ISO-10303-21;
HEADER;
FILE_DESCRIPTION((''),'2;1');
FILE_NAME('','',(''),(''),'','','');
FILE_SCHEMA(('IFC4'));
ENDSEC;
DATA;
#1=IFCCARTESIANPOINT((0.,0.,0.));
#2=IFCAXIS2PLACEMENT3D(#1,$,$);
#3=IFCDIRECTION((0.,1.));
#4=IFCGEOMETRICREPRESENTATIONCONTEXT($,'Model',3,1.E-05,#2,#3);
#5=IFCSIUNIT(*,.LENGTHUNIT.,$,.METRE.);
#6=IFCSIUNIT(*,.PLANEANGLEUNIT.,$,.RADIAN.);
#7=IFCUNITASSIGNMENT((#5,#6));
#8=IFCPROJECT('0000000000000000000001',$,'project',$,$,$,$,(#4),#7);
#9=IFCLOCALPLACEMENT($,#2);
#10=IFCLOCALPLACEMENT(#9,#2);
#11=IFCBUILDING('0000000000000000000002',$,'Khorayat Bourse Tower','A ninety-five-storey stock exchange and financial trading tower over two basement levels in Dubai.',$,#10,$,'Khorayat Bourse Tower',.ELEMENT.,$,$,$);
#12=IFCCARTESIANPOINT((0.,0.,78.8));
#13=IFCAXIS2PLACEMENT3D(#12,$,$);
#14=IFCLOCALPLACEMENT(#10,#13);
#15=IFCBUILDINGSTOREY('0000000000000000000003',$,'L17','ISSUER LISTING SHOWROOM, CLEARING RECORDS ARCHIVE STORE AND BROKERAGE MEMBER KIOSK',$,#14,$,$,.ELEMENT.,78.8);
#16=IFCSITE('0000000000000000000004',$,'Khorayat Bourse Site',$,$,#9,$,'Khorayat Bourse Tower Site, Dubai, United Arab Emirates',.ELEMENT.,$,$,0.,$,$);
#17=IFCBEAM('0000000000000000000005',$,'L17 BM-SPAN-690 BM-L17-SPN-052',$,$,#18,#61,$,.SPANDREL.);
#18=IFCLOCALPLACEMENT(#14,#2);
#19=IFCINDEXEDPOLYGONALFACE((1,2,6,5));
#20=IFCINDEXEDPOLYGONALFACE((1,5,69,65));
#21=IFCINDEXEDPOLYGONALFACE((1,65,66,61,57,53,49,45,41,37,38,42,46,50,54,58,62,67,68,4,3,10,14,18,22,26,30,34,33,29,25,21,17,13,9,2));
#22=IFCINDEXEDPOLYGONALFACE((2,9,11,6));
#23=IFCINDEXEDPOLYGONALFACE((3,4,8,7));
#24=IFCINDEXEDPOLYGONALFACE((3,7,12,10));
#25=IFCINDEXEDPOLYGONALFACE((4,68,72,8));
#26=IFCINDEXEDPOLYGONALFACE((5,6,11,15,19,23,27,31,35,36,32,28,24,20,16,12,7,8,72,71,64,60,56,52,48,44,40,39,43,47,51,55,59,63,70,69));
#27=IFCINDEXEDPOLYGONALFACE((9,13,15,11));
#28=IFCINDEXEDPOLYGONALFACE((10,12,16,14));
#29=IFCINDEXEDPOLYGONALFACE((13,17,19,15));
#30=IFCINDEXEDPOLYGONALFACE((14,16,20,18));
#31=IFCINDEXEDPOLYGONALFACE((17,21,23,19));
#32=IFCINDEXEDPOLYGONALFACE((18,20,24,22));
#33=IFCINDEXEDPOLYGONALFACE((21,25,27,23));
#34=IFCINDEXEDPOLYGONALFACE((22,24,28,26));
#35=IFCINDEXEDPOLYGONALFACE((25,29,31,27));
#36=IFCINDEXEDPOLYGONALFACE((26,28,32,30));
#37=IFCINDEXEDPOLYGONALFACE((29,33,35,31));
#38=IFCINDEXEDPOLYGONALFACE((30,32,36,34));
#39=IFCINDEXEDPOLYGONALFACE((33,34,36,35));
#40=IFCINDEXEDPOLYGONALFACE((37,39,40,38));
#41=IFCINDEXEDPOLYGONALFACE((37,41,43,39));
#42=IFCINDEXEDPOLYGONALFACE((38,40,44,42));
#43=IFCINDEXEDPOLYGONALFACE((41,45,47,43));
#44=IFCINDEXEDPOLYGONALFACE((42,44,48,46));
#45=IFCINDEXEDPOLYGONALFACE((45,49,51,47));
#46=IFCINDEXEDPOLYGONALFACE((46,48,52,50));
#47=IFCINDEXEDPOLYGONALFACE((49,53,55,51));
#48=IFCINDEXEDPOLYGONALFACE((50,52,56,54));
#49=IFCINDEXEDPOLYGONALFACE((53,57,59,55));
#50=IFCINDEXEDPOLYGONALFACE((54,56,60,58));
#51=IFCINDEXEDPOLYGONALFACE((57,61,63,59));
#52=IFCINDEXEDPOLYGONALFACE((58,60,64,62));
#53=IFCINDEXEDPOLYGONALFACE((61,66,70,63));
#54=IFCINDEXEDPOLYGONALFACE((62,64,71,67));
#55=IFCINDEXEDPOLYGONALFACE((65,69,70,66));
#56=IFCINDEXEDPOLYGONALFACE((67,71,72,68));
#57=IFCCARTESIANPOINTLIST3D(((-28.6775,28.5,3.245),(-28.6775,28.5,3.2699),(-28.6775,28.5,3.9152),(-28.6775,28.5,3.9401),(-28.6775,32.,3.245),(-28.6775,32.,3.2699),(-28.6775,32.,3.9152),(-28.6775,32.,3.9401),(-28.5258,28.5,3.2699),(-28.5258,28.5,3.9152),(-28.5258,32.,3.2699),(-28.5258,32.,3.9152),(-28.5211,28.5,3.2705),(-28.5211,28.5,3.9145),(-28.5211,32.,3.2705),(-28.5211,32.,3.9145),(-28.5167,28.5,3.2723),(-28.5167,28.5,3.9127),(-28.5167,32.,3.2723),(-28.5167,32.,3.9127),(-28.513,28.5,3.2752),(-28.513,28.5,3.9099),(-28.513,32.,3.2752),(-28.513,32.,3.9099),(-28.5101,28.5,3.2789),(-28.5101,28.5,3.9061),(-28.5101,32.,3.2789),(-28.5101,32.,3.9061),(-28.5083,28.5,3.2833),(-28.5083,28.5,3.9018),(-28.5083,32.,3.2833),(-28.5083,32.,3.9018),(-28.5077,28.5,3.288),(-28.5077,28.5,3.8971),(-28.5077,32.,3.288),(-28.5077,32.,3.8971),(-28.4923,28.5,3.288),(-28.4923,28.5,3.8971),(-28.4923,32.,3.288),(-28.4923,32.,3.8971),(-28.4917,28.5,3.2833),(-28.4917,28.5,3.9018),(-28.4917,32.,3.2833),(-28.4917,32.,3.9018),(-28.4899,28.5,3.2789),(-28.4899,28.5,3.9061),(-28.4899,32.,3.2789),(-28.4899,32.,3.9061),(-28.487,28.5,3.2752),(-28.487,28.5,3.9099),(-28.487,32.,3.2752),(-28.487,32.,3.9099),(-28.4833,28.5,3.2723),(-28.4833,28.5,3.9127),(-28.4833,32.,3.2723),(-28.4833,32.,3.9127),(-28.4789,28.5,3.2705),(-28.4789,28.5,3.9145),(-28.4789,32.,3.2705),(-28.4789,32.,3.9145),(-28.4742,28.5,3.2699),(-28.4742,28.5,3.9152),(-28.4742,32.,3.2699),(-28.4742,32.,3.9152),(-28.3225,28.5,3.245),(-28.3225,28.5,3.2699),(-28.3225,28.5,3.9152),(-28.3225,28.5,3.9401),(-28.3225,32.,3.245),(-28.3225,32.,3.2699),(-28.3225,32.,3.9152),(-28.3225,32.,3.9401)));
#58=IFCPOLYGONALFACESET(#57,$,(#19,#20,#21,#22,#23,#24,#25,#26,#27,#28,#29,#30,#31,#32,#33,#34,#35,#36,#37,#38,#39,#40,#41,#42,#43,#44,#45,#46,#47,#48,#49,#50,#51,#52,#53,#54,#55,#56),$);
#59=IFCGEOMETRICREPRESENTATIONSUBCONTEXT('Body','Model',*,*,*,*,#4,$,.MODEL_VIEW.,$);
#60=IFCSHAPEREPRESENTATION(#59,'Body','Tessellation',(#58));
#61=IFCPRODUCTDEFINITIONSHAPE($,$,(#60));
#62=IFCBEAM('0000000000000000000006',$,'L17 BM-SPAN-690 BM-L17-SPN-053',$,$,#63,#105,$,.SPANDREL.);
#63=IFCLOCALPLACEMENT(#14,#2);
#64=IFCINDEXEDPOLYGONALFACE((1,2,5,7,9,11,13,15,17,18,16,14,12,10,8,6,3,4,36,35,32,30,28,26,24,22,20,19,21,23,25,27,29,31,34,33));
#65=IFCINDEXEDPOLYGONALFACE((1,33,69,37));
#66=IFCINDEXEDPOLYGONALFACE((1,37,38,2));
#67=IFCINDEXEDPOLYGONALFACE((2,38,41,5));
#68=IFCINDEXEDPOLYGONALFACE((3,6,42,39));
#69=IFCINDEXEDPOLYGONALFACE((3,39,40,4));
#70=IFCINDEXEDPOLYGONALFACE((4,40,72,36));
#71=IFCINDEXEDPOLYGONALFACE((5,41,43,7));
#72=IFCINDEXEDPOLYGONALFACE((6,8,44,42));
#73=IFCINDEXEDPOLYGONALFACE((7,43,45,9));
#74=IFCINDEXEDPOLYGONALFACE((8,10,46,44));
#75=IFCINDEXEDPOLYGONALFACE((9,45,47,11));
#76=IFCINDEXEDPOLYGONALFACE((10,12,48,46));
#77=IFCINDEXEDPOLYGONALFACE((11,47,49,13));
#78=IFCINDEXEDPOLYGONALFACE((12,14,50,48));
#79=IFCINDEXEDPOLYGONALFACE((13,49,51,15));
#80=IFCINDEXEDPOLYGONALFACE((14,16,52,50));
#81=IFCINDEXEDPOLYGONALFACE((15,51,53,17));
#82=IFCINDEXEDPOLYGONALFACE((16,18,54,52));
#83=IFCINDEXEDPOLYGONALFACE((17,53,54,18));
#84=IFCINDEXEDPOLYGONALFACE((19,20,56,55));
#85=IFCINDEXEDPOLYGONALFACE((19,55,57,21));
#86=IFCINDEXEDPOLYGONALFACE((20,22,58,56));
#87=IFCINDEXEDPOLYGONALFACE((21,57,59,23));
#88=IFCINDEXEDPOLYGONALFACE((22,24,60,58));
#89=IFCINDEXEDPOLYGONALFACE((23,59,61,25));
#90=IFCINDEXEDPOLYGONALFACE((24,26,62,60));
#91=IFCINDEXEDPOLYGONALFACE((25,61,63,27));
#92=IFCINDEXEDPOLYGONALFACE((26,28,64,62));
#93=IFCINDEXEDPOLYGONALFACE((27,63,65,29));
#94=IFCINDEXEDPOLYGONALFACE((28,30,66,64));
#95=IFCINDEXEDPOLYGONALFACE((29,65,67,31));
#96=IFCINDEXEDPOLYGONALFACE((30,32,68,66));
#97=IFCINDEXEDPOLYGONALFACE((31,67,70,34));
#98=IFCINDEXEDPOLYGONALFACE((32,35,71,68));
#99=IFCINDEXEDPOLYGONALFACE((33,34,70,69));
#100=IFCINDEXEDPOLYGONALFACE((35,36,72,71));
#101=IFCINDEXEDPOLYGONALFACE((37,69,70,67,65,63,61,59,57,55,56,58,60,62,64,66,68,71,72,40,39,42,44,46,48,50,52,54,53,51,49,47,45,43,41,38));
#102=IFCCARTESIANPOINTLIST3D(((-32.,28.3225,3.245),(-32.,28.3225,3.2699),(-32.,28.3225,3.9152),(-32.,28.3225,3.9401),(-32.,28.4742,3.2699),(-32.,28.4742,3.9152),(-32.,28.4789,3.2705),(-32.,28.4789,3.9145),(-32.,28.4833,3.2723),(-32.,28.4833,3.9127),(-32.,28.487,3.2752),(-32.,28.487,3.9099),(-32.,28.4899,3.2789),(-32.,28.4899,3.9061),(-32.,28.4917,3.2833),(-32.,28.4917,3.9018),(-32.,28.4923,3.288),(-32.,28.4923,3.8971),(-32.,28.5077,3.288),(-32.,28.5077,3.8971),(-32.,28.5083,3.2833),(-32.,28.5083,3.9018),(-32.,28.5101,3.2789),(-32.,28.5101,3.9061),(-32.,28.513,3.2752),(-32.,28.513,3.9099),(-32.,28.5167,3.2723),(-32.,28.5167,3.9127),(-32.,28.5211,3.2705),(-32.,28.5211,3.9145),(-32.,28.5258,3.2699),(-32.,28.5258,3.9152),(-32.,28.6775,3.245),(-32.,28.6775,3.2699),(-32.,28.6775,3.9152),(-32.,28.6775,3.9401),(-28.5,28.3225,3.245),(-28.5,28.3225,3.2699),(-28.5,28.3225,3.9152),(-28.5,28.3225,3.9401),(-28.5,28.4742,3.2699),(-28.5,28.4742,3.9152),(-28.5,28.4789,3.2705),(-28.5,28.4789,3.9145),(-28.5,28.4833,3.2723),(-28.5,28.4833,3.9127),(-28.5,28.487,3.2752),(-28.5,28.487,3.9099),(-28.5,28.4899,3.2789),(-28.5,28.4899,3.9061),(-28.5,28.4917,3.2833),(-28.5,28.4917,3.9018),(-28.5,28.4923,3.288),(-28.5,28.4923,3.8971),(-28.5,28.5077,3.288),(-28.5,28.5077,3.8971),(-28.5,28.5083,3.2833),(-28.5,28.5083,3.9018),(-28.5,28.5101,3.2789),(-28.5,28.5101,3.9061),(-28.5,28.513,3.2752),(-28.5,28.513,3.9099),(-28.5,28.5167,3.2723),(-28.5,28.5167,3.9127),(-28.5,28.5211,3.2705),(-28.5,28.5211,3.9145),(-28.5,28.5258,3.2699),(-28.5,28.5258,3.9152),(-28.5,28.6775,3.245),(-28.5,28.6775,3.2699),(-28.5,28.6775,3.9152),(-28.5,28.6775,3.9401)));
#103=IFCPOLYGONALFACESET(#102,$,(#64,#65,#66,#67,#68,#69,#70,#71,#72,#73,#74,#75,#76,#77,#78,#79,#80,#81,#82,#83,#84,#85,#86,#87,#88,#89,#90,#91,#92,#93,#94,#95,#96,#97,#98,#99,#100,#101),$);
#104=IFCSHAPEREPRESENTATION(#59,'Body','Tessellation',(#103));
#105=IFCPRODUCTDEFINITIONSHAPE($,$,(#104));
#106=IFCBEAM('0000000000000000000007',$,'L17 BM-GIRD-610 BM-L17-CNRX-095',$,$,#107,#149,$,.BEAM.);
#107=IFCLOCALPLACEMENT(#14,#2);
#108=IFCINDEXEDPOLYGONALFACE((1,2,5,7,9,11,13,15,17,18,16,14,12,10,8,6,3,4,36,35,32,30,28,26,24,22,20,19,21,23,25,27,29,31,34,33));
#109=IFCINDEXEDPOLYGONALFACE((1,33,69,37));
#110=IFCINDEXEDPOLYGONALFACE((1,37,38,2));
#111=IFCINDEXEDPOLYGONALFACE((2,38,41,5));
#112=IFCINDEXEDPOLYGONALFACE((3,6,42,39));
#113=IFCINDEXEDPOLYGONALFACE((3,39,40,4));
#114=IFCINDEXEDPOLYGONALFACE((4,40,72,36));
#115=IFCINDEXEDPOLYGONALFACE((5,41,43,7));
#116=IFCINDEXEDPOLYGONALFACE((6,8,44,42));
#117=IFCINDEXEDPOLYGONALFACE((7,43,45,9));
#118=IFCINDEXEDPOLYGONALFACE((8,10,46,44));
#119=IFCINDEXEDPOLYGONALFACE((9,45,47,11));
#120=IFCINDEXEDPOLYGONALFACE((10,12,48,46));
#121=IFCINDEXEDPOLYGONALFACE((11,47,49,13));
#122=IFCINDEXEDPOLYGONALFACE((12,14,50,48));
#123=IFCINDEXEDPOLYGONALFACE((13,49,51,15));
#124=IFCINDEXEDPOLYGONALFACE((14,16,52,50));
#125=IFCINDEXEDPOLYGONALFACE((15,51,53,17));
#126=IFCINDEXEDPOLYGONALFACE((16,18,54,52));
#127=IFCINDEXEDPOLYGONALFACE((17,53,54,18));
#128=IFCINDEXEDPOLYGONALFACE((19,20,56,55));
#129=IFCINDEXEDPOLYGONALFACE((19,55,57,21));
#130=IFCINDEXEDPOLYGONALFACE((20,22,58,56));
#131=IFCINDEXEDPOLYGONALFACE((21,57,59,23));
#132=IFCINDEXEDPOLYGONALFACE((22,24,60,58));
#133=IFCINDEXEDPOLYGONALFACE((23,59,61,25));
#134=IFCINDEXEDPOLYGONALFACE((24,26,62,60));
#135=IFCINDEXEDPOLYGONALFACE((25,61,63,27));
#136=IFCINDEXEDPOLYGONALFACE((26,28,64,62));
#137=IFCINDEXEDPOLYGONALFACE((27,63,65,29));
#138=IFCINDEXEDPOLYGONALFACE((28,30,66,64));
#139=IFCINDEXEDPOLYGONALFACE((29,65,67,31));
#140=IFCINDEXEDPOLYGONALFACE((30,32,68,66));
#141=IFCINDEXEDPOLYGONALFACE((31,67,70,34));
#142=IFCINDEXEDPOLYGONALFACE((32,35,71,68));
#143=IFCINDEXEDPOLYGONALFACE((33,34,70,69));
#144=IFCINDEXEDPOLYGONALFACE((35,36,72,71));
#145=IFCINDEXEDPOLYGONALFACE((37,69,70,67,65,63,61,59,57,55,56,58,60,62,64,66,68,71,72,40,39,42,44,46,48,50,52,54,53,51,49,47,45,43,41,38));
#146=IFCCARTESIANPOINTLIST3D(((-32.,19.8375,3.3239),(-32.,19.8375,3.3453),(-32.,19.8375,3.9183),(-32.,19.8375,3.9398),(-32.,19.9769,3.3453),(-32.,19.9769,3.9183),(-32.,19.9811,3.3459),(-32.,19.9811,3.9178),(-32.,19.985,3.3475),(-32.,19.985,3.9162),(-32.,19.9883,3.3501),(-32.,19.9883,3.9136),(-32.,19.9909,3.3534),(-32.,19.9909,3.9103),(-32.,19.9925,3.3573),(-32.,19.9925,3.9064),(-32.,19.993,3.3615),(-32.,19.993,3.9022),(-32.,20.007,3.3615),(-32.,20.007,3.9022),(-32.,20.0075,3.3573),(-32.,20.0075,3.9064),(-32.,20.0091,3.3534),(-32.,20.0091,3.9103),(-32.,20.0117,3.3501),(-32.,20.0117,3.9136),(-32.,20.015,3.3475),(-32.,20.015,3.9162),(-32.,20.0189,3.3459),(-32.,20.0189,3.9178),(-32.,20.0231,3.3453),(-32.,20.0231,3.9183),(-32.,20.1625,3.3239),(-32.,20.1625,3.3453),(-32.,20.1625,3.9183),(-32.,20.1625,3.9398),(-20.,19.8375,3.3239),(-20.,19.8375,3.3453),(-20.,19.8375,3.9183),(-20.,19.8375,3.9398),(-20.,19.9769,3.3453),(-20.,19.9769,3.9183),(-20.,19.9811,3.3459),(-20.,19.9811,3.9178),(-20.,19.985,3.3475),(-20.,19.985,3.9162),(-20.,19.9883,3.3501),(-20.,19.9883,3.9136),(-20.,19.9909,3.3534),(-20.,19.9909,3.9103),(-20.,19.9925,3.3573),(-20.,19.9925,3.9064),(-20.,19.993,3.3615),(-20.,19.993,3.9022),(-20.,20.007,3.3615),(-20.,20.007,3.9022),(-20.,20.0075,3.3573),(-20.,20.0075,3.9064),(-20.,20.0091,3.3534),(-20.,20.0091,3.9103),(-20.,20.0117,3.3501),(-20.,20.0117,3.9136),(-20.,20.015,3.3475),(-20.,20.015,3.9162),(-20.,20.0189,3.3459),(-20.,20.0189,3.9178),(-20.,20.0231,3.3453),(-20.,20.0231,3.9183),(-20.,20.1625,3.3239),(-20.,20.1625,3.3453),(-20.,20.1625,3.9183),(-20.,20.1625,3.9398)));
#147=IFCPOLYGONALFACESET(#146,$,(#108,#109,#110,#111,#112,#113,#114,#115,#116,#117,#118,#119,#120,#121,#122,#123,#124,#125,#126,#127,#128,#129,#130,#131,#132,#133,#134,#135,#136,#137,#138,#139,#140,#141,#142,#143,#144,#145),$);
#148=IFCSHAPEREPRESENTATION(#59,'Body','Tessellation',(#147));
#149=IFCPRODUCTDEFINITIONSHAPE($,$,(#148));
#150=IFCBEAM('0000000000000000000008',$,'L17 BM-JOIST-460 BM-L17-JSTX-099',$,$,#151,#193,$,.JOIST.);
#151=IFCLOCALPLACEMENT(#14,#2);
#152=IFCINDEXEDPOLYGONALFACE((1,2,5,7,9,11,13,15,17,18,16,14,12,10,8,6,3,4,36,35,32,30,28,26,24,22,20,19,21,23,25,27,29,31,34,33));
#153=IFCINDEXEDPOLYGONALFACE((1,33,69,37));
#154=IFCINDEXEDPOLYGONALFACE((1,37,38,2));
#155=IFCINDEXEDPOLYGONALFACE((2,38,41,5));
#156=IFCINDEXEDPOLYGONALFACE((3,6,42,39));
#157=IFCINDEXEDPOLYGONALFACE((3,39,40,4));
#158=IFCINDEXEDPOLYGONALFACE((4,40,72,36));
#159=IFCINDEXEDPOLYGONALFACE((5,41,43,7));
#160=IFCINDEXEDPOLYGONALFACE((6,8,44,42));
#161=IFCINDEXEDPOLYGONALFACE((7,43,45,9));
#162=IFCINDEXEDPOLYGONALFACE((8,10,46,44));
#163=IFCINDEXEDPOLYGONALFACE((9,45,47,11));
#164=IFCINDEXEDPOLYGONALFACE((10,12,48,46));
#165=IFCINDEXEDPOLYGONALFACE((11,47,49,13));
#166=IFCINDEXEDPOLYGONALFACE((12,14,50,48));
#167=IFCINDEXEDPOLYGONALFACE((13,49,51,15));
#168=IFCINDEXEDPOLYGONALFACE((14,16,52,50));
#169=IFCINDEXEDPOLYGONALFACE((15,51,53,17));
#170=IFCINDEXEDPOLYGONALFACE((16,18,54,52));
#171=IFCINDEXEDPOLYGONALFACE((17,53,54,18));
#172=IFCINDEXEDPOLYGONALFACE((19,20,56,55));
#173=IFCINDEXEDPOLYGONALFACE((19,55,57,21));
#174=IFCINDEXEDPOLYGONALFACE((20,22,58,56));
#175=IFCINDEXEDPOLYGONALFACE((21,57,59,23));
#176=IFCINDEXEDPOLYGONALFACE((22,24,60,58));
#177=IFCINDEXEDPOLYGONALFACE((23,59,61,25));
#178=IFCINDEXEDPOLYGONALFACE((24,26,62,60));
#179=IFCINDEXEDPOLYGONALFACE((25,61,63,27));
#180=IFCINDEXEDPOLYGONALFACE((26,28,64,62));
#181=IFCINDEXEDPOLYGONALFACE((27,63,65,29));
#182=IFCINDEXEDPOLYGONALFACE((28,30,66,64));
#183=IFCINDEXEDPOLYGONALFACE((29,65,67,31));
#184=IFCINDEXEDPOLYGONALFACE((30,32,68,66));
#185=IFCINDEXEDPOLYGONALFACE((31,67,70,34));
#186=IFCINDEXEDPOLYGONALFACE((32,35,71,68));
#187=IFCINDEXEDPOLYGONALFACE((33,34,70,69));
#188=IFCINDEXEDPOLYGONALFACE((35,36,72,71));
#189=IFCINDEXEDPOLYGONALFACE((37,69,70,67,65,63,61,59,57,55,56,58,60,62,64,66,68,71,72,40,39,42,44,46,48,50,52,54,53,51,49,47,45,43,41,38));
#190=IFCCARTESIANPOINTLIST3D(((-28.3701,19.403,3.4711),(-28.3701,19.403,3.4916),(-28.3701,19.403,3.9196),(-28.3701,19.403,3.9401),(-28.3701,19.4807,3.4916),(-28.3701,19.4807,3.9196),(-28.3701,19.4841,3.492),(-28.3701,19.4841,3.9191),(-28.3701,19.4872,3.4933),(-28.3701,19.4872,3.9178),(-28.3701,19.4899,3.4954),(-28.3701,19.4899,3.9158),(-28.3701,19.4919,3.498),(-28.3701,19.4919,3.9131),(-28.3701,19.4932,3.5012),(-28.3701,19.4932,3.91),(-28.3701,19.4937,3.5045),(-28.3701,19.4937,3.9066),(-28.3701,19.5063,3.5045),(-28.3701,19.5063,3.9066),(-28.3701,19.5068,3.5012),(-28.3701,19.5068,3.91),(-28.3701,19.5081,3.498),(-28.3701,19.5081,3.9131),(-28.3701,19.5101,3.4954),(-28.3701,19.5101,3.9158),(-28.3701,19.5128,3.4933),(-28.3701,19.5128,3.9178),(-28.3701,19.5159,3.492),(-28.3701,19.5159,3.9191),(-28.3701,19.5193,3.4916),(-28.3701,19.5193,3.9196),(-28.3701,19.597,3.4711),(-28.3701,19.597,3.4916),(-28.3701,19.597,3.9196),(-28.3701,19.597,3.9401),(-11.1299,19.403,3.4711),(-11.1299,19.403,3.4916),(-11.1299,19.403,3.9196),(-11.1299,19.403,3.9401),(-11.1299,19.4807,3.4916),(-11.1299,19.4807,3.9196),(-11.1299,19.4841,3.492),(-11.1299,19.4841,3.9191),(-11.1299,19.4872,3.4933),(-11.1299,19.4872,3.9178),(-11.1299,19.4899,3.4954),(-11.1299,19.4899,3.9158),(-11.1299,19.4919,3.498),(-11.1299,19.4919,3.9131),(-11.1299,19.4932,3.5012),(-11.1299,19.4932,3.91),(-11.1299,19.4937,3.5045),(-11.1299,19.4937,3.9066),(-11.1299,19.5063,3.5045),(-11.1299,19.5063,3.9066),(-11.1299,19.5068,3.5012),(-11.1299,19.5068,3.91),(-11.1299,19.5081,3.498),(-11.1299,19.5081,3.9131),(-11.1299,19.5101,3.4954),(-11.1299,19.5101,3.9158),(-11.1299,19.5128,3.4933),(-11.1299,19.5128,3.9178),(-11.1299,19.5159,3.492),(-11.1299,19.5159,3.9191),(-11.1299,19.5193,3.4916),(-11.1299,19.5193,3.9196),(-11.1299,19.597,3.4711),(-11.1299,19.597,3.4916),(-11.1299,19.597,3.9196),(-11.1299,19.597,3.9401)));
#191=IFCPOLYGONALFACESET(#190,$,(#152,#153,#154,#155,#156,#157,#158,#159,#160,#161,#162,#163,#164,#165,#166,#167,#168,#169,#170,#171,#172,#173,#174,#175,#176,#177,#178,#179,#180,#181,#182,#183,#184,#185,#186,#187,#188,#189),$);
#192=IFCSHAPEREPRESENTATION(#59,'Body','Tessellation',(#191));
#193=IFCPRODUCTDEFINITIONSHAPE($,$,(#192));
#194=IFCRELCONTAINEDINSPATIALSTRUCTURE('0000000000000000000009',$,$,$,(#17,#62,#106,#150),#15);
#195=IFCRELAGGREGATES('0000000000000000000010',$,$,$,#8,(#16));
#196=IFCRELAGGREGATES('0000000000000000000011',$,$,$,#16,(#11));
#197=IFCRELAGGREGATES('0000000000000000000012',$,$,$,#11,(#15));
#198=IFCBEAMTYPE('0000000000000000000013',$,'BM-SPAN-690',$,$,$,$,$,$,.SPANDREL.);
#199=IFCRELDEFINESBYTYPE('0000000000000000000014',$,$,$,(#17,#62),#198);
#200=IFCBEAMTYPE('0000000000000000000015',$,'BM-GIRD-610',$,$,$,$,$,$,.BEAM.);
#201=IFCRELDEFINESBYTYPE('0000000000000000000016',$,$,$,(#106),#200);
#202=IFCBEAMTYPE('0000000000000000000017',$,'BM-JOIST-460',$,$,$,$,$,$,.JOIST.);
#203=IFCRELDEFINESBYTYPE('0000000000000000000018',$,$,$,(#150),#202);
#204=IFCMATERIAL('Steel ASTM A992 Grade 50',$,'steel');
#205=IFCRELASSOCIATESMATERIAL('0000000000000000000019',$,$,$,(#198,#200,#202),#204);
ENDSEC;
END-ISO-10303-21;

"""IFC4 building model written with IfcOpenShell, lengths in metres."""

from ifc_helpers import new_model, si_unit, direction, frame, origin, origin_2d, place, context, subcontext, project, spatial, i_section, extrude, source, transform, mapped, material, material_profile, profile_set, type_object, element, save


model = new_model("IFC4")

# Units and contexts
model_context = context("Model", 3, precision=1e-05, world=origin(), true_north=direction((0.0, 1.0)))
body_context = subcontext(model_context, "Body", "Model", "MODEL_VIEW")
ifc_project = project(units=[si_unit("LENGTHUNIT", "METRE"), si_unit("PLANEANGLEUNIT", "RADIAN")], contexts=[model_context])

# Site, building, storey
site_placement = place(None, origin())
site = spatial("IfcSite", under=ifc_project, at=site_placement, Name="Khorayat Bourse Site", LongName="Khorayat Bourse Tower Site, Dubai, United Arab Emirates", CompositionType="ELEMENT", RefElevation=0.0)
building_placement = place(site_placement, origin())
building = spatial("IfcBuilding", under=site, at=building_placement, Name="Khorayat Bourse Tower", Description="A ninety-five-storey stock exchange and financial trading tower over two basement levels in Dubai.", LongName="Khorayat Bourse Tower", CompositionType="ELEMENT")
storey_placement = place(building_placement, frame((0.0, 0.0, 78.8)))
storey = spatial("IfcBuildingStorey", under=building, at=storey_placement, Name="L17", Description="ISSUER LISTING SHOWROOM, CLEARING RECORDS ARCHIVE STORE AND BROKERAGE MEMBER KIOSK", CompositionType="ELEMENT", Elevation=78.8)

# Beams
ifc_material_1 = material(Name="Steel ASTM A992 Grade 50", Category="steel")
ifc_material_profile_1 = material_profile(ifc_material_1, i_section(OverallWidth=0.355, OverallDepth=0.6951, WebThickness=0.0154, FlangeThickness=0.0249, FilletRadius=0.0181, at=origin_2d()), Name="W690X217")
ifc_profile_set_1 = profile_set([ifc_material_profile_1], Name="Steel ASTM A992 Grade 50")
beam_type_1 = type_object("IfcBeamType", Name="BM-SPAN-690", PredefinedType="SPANDREL", material=ifc_profile_set_1)
shared_shape_1 = source(origin(), body_context, "Body", "SweptSolid", [
    extrude(i_section(OverallWidth=0.355, OverallDepth=0.6951, WebThickness=0.0154, FlangeThickness=0.0249, FilletRadius=0.0181, at=origin_2d()), origin(), (0.0, 0.0, 1.0), 3.5),
])
for number, where, z_axis, x_axis, name in (
    (1, (-28.5, 28.5, 3.5925), (0.0, 1.0, 0.0), (-1.0, 0.0, 0.0), "L17 BM-SPAN-690 BM-L17-SPN-052"),
    (2, (-32.0, 28.5, 3.5925), (1.0, 0.0, 0.0), (0.0, 1.0, 0.0), "L17 BM-SPAN-690 BM-L17-SPN-053"),
):
    element("IfcBeam", number, at=place(storey_placement, frame(where, z_axis=z_axis, x_axis=x_axis)), inside=storey, type_object=beam_type_1, Name=name, PredefinedType="SPANDREL", context=body_context, shape_type="MappedRepresentation", body=[
        mapped(shared_shape_1, transform((0.0, 0.0, 0.0), scale=1.0)),
    ])
ifc_material_profile_2 = material_profile(ifc_material_1, i_section(OverallWidth=0.325, OverallDepth=0.616, WebThickness=0.0139, FlangeThickness=0.0215, FilletRadius=0.0161, at=origin_2d()), Name="W610X174")
ifc_profile_set_2 = profile_set([ifc_material_profile_2], Name="Steel ASTM A992 Grade 50")
beam_type_2 = type_object("IfcBeamType", Name="BM-GIRD-610", PredefinedType="BEAM", material=ifc_profile_set_2)
shared_shape_2 = source(origin(), body_context, "Body", "SweptSolid", [
    extrude(i_section(OverallWidth=0.325, OverallDepth=0.616, WebThickness=0.0139, FlangeThickness=0.0215, FilletRadius=0.0161, at=origin_2d()), origin(), (0.0, 0.0, 1.0), 12.0),
])
beam_1_placement = place(storey_placement, frame((-32.0, 20.0, 3.6318), z_axis=(1.0, 0.0, 0.0), x_axis=(0.0, 1.0, 0.0)))
element("IfcBeam", 3, at=beam_1_placement, inside=storey, type_object=beam_type_2, Name="L17 BM-GIRD-610 BM-L17-CNRX-095", PredefinedType="BEAM", context=body_context, shape_type="MappedRepresentation", body=[
    mapped(shared_shape_2, transform((0.0, 0.0, 0.0), scale=1.0)),
])
ifc_material_profile_3 = material_profile(ifc_material_1, i_section(OverallWidth=0.1941, OverallDepth=0.469, WebThickness=0.0127, FlangeThickness=0.0205, FilletRadius=0.0129, at=origin_2d()), Name="W460X106")
ifc_profile_set_3 = profile_set([ifc_material_profile_3], Name="Steel ASTM A992 Grade 50")
beam_type_3 = type_object("IfcBeamType", Name="BM-JOIST-460", PredefinedType="JOIST", material=ifc_profile_set_3)
shared_shape_3 = source(origin(), body_context, "Body", "SweptSolid", [
    extrude(i_section(OverallWidth=0.1941, OverallDepth=0.469, WebThickness=0.0127, FlangeThickness=0.0205, FilletRadius=0.0129, at=origin_2d()), origin(), (0.0, 0.0, 1.0), 17.2402),
])
beam_2_placement = place(storey_placement, frame((-28.3701, 19.5, 3.7056), z_axis=(1.0, 0.0, 0.0), x_axis=(0.0, 1.0, 0.0)))
element("IfcBeam", 4, at=beam_2_placement, inside=storey, type_object=beam_type_3, Name="L17 BM-JOIST-460 BM-L17-JSTX-099", PredefinedType="JOIST", context=body_context, shape_type="MappedRepresentation", body=[
    mapped(shared_shape_3, transform((0.0, 0.0, 0.0), scale=1.0)),
])

save(model, "model.ifc")
